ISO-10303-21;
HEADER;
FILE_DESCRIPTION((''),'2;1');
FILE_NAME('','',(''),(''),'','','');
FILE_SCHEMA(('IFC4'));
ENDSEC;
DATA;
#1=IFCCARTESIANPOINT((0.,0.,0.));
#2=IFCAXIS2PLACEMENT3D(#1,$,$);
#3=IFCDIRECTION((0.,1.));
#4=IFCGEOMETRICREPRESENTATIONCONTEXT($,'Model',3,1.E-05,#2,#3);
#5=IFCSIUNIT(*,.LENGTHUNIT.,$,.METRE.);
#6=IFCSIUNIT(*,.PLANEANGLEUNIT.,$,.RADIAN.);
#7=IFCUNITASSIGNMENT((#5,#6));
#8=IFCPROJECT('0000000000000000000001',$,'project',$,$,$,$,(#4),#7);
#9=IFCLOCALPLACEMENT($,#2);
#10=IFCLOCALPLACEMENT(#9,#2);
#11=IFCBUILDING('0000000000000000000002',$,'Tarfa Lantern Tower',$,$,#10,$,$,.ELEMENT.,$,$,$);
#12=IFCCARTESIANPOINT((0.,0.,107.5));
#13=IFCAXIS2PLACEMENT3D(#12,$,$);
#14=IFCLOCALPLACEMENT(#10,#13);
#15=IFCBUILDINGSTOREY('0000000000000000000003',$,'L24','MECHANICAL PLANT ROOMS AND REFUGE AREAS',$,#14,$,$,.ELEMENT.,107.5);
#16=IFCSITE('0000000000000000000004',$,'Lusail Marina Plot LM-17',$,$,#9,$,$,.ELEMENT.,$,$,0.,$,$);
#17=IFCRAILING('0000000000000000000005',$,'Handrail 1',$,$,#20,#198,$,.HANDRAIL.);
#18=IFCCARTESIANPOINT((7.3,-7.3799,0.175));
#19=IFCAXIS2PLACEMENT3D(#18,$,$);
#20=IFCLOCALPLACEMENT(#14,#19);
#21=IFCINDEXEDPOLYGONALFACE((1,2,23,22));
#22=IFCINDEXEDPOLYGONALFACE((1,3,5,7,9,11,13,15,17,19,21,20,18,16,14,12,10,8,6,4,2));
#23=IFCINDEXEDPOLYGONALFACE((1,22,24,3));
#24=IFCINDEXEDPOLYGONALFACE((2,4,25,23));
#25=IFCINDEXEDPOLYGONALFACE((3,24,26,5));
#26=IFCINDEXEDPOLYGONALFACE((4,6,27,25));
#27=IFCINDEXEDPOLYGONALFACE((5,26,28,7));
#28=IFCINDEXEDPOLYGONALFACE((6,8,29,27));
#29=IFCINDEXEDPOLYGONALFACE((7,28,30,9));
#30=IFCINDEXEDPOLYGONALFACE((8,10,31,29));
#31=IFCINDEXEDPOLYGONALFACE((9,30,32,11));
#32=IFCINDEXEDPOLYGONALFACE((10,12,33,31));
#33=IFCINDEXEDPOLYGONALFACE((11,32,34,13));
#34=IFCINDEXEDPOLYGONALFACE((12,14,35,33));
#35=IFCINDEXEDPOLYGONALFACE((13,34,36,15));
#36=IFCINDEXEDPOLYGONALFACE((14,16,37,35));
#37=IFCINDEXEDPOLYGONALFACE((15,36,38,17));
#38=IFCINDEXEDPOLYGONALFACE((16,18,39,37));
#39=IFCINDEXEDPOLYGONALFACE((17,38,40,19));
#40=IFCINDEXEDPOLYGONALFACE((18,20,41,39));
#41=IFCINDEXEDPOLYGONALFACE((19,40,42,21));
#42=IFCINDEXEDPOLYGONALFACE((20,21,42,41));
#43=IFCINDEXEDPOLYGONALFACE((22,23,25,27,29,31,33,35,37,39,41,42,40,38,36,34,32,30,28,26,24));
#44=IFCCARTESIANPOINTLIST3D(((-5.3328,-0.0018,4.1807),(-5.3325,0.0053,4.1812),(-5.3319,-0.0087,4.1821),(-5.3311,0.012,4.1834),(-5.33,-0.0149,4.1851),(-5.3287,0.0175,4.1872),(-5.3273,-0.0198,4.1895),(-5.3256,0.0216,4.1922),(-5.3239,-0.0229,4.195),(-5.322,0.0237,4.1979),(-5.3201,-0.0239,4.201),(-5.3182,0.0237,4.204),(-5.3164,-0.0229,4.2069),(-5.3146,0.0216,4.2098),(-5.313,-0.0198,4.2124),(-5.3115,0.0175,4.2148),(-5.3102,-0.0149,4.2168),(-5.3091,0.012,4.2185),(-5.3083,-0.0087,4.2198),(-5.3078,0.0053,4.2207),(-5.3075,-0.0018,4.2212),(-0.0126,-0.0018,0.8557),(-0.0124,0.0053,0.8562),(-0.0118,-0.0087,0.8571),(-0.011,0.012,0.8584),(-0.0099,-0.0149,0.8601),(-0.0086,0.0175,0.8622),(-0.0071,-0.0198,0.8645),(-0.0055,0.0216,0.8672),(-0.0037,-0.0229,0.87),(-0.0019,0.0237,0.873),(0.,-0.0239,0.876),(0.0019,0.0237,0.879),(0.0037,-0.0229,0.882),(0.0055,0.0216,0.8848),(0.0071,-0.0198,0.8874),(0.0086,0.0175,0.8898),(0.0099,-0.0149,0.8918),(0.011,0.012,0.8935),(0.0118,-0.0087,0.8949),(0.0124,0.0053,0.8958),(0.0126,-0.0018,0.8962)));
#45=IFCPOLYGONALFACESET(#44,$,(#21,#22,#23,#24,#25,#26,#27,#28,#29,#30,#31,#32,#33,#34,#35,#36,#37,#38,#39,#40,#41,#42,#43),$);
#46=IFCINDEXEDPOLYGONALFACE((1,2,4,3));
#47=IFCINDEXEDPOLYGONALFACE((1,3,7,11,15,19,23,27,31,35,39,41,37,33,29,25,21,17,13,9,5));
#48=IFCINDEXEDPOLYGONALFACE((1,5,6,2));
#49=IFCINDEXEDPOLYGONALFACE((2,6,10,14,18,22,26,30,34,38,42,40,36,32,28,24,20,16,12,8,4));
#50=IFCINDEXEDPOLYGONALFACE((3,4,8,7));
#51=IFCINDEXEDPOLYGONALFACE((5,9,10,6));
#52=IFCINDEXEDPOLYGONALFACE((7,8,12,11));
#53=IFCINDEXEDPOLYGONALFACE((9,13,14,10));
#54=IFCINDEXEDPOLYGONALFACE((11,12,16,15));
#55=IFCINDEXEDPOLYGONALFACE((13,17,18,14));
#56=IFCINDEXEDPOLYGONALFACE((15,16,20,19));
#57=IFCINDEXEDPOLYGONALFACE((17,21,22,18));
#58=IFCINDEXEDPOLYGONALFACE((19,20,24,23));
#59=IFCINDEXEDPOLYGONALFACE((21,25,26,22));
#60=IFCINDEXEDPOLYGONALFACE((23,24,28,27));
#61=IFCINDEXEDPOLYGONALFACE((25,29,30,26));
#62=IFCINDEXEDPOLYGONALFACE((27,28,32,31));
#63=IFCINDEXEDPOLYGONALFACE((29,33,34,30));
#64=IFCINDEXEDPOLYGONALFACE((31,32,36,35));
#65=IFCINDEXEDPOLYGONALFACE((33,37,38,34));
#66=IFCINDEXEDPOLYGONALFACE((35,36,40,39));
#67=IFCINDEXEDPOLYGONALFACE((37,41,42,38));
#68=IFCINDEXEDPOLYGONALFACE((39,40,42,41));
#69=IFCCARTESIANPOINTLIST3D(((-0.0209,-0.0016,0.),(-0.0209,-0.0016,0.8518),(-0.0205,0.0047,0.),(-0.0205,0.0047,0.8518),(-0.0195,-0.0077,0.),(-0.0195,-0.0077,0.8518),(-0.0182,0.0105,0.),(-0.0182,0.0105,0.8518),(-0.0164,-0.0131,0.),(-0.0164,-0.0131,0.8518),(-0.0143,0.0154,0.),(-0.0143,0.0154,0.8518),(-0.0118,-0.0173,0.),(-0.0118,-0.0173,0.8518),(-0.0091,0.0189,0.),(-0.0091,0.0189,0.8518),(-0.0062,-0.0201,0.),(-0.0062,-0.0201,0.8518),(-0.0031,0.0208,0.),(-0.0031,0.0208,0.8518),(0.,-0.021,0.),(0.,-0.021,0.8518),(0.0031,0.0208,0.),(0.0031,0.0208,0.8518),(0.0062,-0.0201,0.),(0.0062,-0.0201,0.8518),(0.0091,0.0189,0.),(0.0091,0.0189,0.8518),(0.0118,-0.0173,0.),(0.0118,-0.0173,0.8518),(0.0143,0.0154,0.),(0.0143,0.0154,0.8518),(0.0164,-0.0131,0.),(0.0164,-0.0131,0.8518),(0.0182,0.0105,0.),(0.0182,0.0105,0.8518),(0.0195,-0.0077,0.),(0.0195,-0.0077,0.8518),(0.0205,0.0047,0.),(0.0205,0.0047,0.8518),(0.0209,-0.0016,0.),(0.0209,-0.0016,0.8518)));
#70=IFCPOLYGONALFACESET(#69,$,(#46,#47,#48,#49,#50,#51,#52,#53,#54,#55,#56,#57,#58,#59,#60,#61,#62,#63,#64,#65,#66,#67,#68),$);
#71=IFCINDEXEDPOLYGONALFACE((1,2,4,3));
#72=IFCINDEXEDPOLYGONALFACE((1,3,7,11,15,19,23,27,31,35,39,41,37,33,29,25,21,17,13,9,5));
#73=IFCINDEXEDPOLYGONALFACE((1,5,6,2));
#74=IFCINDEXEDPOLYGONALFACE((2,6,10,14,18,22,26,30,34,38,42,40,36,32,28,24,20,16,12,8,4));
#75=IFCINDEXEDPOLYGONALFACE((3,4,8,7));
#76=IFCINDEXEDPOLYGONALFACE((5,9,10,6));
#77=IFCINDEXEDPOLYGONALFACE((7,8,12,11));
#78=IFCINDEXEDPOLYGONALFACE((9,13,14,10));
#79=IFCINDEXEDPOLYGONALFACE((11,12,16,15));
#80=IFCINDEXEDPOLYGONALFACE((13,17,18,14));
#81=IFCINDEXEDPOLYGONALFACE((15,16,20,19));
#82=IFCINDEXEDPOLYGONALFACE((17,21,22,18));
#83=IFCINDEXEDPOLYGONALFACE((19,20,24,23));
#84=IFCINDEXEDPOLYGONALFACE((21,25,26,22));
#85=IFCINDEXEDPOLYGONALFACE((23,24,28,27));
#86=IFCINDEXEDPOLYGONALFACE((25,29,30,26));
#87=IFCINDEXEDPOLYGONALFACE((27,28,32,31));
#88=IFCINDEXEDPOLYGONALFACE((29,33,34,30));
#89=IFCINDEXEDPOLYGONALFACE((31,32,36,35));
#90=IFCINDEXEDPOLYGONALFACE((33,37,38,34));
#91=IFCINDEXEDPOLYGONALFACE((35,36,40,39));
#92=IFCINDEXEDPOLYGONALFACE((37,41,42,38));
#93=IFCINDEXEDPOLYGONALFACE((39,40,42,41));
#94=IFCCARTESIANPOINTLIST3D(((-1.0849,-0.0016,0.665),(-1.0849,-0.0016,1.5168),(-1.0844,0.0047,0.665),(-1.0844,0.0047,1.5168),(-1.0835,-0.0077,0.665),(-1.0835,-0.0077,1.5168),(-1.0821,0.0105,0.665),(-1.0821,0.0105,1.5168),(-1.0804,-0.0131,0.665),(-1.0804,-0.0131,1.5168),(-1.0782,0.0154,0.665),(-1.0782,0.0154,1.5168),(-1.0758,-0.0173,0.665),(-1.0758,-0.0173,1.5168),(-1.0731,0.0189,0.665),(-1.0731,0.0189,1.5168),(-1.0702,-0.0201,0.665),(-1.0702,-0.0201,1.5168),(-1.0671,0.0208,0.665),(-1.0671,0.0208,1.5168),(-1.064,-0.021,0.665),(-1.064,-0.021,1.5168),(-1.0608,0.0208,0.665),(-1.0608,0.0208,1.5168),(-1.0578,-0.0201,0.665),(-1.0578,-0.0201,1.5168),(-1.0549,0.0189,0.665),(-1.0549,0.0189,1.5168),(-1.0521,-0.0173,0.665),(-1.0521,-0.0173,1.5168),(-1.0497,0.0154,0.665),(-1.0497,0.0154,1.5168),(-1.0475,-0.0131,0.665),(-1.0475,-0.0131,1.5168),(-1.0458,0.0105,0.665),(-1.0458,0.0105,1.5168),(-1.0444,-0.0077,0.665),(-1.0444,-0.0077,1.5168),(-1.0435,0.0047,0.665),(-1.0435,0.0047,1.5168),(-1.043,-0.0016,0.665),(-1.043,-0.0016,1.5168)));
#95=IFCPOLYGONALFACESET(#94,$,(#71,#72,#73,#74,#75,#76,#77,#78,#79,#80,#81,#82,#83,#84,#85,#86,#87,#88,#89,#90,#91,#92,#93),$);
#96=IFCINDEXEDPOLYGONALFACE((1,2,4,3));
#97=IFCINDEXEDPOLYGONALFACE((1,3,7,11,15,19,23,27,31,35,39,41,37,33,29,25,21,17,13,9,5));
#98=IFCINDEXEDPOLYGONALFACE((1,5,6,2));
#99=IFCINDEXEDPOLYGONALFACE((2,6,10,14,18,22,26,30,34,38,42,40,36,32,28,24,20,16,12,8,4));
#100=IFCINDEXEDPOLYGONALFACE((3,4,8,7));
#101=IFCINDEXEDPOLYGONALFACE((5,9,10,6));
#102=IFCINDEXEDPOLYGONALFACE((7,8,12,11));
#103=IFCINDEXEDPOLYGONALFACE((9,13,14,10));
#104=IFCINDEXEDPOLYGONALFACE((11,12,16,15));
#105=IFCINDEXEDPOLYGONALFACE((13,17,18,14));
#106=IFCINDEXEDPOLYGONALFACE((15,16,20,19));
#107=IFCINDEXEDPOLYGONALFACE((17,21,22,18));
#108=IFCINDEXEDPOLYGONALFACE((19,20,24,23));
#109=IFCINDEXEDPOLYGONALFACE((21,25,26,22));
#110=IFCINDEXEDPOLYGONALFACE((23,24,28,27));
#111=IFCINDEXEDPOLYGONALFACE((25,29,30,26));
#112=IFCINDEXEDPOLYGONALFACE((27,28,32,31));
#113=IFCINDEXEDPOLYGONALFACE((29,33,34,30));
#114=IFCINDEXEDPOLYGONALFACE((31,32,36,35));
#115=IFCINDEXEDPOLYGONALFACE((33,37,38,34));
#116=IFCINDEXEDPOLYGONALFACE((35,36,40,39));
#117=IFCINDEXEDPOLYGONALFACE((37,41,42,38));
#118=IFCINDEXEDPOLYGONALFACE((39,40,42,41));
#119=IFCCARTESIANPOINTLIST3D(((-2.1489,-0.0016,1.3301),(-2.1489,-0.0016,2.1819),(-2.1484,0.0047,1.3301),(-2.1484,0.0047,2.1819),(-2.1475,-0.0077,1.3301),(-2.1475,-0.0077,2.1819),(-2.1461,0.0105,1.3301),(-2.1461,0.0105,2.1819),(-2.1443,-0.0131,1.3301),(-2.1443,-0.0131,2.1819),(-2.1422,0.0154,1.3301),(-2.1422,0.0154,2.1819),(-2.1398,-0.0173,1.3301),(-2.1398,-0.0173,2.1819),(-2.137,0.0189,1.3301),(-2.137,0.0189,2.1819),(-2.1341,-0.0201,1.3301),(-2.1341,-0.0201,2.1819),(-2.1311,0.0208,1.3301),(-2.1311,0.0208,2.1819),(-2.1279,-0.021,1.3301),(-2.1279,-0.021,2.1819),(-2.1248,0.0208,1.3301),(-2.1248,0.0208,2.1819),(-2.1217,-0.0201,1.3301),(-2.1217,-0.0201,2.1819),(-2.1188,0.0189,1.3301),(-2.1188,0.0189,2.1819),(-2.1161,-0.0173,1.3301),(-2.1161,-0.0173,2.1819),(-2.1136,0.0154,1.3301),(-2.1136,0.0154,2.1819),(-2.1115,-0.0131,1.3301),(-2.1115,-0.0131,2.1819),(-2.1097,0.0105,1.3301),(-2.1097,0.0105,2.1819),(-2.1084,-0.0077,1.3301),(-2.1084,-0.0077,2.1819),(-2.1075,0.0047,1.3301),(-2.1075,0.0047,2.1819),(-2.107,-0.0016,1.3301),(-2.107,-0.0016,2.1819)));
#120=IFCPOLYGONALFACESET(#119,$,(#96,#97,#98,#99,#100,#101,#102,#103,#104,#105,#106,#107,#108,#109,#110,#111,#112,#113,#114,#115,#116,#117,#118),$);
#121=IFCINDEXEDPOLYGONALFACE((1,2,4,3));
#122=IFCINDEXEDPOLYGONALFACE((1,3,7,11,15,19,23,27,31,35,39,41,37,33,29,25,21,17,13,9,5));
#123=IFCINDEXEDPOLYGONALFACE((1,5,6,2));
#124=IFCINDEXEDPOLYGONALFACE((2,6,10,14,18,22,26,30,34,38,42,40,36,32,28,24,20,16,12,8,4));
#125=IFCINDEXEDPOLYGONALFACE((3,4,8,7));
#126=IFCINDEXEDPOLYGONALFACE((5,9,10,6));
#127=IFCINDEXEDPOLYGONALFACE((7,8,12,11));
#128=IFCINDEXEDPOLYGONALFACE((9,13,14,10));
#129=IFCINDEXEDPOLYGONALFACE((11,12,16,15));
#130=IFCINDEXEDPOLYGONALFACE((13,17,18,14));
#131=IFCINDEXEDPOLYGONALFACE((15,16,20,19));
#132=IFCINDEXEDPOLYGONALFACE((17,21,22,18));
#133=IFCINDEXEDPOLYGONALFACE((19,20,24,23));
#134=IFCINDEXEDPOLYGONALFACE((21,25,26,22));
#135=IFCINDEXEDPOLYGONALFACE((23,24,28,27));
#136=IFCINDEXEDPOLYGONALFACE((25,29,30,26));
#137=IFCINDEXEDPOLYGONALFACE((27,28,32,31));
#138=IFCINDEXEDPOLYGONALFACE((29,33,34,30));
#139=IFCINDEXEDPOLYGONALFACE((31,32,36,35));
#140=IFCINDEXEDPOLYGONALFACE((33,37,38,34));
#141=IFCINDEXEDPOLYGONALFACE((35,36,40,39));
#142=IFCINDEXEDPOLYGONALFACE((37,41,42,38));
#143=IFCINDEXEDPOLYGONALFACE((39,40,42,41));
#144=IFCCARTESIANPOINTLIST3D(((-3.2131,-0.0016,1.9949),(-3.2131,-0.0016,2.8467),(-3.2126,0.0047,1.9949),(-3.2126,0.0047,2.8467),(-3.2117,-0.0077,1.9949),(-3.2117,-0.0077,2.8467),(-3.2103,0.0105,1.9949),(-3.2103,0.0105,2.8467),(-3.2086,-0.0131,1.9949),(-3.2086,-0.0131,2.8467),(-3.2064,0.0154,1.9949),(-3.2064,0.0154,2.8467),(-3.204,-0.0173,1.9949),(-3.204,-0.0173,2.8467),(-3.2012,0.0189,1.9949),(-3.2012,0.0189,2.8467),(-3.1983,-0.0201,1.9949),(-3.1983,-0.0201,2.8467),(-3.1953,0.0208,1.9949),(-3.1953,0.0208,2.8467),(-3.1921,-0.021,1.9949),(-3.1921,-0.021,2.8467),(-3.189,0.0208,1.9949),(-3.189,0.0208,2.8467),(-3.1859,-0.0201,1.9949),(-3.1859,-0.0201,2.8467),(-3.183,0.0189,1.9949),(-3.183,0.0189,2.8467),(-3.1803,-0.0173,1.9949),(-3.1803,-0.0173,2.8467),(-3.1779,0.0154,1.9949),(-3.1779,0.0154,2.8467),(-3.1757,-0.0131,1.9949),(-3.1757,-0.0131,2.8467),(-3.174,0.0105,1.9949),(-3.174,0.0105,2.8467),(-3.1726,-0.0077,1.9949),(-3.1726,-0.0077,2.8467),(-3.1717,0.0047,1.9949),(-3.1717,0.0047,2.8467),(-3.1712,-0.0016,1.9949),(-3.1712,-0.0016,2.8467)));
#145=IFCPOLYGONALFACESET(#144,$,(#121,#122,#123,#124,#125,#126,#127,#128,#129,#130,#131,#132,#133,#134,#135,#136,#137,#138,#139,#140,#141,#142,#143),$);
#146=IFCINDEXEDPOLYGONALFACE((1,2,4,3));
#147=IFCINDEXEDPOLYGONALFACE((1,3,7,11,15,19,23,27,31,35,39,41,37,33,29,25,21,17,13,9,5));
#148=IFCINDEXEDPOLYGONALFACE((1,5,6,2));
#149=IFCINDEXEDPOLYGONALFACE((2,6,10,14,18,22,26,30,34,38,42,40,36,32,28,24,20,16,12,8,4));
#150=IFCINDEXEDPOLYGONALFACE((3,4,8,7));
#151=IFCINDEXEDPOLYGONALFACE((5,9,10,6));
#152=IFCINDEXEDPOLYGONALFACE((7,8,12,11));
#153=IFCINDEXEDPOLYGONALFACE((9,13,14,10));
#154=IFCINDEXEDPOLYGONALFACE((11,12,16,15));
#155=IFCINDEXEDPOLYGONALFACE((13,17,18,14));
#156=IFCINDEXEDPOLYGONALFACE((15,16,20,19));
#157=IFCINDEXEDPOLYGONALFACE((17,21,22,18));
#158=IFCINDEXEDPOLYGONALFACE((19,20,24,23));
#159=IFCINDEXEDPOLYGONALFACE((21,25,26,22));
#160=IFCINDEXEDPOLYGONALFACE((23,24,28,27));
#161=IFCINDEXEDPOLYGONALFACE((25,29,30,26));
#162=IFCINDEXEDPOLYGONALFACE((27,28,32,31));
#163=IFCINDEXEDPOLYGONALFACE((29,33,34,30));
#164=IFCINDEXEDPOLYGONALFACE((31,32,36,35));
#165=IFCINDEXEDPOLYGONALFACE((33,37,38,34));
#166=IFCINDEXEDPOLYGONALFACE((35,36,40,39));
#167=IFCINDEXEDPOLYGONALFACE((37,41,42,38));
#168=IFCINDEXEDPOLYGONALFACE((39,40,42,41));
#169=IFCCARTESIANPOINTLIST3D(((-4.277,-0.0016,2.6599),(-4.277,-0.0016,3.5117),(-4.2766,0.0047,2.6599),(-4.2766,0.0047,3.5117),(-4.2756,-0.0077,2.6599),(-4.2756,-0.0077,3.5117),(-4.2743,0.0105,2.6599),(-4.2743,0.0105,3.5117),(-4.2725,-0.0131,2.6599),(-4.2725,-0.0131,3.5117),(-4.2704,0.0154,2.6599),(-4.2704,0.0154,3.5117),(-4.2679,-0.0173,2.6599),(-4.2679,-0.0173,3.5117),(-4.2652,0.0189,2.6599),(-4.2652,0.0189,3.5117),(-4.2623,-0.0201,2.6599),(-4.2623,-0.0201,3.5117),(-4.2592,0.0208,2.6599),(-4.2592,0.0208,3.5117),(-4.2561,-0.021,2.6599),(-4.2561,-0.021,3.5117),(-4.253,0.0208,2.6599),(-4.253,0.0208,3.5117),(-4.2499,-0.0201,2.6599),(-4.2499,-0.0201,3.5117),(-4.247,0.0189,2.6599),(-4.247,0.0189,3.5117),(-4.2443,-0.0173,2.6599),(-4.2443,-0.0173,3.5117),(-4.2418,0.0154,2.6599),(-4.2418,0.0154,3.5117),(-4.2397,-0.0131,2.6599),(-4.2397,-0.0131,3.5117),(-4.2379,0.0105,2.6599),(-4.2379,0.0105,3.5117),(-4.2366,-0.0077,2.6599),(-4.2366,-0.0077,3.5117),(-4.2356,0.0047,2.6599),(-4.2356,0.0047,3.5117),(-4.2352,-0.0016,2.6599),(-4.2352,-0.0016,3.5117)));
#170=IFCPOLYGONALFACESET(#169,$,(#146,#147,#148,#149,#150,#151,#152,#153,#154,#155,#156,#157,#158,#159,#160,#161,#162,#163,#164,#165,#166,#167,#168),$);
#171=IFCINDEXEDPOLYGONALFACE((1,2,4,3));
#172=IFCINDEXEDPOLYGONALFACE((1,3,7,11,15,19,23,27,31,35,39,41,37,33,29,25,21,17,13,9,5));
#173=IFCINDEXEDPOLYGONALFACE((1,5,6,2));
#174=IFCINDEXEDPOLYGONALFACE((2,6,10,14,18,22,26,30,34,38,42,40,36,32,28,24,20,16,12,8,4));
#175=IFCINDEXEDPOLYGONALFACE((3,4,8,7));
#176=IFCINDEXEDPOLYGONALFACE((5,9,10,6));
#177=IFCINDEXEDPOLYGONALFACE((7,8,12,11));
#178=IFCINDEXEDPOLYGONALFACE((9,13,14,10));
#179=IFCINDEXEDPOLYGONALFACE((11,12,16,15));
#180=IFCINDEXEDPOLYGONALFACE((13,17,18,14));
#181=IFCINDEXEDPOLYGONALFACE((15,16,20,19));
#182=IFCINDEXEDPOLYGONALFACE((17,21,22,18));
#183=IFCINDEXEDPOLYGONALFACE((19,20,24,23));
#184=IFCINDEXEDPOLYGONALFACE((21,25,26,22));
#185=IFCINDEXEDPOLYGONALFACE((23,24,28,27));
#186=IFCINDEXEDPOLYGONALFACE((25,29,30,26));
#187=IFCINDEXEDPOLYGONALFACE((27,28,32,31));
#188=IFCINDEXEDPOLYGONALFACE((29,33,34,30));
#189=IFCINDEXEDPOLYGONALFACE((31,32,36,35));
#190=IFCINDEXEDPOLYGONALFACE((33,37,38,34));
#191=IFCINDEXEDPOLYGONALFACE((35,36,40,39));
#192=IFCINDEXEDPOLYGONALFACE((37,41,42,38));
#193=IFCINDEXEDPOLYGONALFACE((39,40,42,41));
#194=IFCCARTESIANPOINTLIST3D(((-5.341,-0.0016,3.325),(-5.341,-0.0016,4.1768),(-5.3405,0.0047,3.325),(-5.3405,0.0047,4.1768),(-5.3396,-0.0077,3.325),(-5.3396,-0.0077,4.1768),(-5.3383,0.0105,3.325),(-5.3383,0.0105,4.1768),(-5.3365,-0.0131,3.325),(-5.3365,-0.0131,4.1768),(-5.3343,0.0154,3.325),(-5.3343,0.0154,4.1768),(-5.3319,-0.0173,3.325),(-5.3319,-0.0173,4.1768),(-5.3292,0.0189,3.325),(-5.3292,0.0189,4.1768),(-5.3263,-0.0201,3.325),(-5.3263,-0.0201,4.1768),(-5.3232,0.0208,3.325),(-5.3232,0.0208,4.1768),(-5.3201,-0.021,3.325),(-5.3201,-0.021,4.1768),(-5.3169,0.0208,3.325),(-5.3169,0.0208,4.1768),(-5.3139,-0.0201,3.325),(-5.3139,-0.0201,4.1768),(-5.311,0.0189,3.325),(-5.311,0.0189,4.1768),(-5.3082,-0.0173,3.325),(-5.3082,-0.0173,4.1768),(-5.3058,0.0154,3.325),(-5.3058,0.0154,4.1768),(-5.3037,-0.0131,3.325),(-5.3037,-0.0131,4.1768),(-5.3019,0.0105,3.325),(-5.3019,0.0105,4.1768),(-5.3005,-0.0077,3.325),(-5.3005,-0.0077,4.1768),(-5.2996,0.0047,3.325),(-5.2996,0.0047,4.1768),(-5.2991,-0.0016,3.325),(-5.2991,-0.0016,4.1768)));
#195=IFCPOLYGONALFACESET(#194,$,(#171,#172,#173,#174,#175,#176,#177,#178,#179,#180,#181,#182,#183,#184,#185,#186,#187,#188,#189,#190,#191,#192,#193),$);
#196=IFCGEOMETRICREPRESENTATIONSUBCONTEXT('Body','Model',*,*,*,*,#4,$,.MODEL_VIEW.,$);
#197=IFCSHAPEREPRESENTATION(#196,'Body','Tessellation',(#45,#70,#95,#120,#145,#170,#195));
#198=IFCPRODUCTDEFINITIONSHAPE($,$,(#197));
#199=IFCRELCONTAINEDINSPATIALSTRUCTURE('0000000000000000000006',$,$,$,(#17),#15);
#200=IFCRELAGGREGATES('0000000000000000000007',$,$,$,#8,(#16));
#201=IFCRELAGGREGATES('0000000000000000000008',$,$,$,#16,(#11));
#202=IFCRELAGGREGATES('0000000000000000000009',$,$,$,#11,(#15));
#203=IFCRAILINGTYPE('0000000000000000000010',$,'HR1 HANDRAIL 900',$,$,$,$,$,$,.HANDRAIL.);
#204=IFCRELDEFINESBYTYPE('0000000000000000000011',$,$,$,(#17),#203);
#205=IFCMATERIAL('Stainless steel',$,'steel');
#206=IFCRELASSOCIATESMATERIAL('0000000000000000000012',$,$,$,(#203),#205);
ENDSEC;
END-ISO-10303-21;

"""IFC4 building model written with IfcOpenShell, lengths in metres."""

from ifc_helpers import new_model, si_unit, direction, frame, origin, origin_2d, place, context, subcontext, project, spatial, circle, extrude, material, type_object, element, save


model = new_model("IFC4")

# Units and contexts
model_context = context("Model", 3, precision=1e-05, world=origin(), true_north=direction((0.0, 1.0)))
body_context = subcontext(model_context, "Body", "Model", "MODEL_VIEW")
ifc_project = project(units=[si_unit("LENGTHUNIT", "METRE"), si_unit("PLANEANGLEUNIT", "RADIAN")], contexts=[model_context])

# Site, building, storey
site_placement = place(None, origin())
site = spatial("IfcSite", under=ifc_project, at=site_placement, Name="Lusail Marina Plot LM-17", CompositionType="ELEMENT", RefElevation=0.0)
building_placement = place(site_placement, origin())
building = spatial("IfcBuilding", under=site, at=building_placement, Name="Tarfa Lantern Tower", CompositionType="ELEMENT")
storey_placement = place(building_placement, frame((0.0, 0.0, 107.5)))
storey = spatial("IfcBuildingStorey", under=building, at=storey_placement, Name="L24", Description="MECHANICAL PLANT ROOMS AND REFUGE AREAS", CompositionType="ELEMENT", Elevation=107.5)

# Railing
ifc_material_1 = material(Name="Stainless steel", Category="steel")
railing_type = type_object("IfcRailingType", Name="HR1 HANDRAIL 900", PredefinedType="HANDRAIL", material=ifc_material_1)
railing_placement = place(storey_placement, frame((7.3, -7.3799, 0.175)))
element("IfcRailing", 1, at=railing_placement, inside=storey, type_object=railing_type, Name="Handrail 1", PredefinedType="HANDRAIL", context=body_context, shape_type="SweptSolid", body=[
    extrude(circle(Radius=0.0239, at=origin_2d()), frame((0.0, 0.0, 0.876), z_axis=(-0.848005, 0.0, 0.529988), x_axis=(0.0, -1.0, 0.0)), (0.0, 0.0, 1.0), 6.2737),
    extrude(circle(Radius=0.021, at=origin_2d()), frame((0.0, 0.0, 0.0), z_axis=(0.0, 0.0, 1.0), x_axis=(0.0, -1.0, 0.0)), (0.0, 0.0, 1.0), 0.8518),
    extrude(circle(Radius=0.021, at=origin_2d()), frame((-1.064, 0.0, 0.665), z_axis=(0.0, 0.0, 1.0), x_axis=(0.0, -1.0, 0.0)), (0.0, 0.0, 1.0), 0.8518),
    extrude(circle(Radius=0.021, at=origin_2d()), frame((-2.1279, 0.0, 1.3301), z_axis=(0.0, 0.0, 1.0), x_axis=(0.0, -1.0, 0.0)), (0.0, 0.0, 1.0), 0.8518),
    extrude(circle(Radius=0.021, at=origin_2d()), frame((-3.1921, 0.0, 1.9949), z_axis=(0.0, 0.0, 1.0), x_axis=(0.0, -1.0, 0.0)), (0.0, 0.0, 1.0), 0.8518),
    extrude(circle(Radius=0.021, at=origin_2d()), frame((-4.2561, 0.0, 2.6599), z_axis=(0.0, 0.0, 1.0), x_axis=(0.0, -1.0, 0.0)), (0.0, 0.0, 1.0), 0.8518),
    extrude(circle(Radius=0.021, at=origin_2d()), frame((-5.3201, 0.0, 3.325), z_axis=(0.0, 0.0, 1.0), x_axis=(0.0, -1.0, 0.0)), (0.0, 0.0, 1.0), 0.8518),
])

save(model, "model.ifc")
